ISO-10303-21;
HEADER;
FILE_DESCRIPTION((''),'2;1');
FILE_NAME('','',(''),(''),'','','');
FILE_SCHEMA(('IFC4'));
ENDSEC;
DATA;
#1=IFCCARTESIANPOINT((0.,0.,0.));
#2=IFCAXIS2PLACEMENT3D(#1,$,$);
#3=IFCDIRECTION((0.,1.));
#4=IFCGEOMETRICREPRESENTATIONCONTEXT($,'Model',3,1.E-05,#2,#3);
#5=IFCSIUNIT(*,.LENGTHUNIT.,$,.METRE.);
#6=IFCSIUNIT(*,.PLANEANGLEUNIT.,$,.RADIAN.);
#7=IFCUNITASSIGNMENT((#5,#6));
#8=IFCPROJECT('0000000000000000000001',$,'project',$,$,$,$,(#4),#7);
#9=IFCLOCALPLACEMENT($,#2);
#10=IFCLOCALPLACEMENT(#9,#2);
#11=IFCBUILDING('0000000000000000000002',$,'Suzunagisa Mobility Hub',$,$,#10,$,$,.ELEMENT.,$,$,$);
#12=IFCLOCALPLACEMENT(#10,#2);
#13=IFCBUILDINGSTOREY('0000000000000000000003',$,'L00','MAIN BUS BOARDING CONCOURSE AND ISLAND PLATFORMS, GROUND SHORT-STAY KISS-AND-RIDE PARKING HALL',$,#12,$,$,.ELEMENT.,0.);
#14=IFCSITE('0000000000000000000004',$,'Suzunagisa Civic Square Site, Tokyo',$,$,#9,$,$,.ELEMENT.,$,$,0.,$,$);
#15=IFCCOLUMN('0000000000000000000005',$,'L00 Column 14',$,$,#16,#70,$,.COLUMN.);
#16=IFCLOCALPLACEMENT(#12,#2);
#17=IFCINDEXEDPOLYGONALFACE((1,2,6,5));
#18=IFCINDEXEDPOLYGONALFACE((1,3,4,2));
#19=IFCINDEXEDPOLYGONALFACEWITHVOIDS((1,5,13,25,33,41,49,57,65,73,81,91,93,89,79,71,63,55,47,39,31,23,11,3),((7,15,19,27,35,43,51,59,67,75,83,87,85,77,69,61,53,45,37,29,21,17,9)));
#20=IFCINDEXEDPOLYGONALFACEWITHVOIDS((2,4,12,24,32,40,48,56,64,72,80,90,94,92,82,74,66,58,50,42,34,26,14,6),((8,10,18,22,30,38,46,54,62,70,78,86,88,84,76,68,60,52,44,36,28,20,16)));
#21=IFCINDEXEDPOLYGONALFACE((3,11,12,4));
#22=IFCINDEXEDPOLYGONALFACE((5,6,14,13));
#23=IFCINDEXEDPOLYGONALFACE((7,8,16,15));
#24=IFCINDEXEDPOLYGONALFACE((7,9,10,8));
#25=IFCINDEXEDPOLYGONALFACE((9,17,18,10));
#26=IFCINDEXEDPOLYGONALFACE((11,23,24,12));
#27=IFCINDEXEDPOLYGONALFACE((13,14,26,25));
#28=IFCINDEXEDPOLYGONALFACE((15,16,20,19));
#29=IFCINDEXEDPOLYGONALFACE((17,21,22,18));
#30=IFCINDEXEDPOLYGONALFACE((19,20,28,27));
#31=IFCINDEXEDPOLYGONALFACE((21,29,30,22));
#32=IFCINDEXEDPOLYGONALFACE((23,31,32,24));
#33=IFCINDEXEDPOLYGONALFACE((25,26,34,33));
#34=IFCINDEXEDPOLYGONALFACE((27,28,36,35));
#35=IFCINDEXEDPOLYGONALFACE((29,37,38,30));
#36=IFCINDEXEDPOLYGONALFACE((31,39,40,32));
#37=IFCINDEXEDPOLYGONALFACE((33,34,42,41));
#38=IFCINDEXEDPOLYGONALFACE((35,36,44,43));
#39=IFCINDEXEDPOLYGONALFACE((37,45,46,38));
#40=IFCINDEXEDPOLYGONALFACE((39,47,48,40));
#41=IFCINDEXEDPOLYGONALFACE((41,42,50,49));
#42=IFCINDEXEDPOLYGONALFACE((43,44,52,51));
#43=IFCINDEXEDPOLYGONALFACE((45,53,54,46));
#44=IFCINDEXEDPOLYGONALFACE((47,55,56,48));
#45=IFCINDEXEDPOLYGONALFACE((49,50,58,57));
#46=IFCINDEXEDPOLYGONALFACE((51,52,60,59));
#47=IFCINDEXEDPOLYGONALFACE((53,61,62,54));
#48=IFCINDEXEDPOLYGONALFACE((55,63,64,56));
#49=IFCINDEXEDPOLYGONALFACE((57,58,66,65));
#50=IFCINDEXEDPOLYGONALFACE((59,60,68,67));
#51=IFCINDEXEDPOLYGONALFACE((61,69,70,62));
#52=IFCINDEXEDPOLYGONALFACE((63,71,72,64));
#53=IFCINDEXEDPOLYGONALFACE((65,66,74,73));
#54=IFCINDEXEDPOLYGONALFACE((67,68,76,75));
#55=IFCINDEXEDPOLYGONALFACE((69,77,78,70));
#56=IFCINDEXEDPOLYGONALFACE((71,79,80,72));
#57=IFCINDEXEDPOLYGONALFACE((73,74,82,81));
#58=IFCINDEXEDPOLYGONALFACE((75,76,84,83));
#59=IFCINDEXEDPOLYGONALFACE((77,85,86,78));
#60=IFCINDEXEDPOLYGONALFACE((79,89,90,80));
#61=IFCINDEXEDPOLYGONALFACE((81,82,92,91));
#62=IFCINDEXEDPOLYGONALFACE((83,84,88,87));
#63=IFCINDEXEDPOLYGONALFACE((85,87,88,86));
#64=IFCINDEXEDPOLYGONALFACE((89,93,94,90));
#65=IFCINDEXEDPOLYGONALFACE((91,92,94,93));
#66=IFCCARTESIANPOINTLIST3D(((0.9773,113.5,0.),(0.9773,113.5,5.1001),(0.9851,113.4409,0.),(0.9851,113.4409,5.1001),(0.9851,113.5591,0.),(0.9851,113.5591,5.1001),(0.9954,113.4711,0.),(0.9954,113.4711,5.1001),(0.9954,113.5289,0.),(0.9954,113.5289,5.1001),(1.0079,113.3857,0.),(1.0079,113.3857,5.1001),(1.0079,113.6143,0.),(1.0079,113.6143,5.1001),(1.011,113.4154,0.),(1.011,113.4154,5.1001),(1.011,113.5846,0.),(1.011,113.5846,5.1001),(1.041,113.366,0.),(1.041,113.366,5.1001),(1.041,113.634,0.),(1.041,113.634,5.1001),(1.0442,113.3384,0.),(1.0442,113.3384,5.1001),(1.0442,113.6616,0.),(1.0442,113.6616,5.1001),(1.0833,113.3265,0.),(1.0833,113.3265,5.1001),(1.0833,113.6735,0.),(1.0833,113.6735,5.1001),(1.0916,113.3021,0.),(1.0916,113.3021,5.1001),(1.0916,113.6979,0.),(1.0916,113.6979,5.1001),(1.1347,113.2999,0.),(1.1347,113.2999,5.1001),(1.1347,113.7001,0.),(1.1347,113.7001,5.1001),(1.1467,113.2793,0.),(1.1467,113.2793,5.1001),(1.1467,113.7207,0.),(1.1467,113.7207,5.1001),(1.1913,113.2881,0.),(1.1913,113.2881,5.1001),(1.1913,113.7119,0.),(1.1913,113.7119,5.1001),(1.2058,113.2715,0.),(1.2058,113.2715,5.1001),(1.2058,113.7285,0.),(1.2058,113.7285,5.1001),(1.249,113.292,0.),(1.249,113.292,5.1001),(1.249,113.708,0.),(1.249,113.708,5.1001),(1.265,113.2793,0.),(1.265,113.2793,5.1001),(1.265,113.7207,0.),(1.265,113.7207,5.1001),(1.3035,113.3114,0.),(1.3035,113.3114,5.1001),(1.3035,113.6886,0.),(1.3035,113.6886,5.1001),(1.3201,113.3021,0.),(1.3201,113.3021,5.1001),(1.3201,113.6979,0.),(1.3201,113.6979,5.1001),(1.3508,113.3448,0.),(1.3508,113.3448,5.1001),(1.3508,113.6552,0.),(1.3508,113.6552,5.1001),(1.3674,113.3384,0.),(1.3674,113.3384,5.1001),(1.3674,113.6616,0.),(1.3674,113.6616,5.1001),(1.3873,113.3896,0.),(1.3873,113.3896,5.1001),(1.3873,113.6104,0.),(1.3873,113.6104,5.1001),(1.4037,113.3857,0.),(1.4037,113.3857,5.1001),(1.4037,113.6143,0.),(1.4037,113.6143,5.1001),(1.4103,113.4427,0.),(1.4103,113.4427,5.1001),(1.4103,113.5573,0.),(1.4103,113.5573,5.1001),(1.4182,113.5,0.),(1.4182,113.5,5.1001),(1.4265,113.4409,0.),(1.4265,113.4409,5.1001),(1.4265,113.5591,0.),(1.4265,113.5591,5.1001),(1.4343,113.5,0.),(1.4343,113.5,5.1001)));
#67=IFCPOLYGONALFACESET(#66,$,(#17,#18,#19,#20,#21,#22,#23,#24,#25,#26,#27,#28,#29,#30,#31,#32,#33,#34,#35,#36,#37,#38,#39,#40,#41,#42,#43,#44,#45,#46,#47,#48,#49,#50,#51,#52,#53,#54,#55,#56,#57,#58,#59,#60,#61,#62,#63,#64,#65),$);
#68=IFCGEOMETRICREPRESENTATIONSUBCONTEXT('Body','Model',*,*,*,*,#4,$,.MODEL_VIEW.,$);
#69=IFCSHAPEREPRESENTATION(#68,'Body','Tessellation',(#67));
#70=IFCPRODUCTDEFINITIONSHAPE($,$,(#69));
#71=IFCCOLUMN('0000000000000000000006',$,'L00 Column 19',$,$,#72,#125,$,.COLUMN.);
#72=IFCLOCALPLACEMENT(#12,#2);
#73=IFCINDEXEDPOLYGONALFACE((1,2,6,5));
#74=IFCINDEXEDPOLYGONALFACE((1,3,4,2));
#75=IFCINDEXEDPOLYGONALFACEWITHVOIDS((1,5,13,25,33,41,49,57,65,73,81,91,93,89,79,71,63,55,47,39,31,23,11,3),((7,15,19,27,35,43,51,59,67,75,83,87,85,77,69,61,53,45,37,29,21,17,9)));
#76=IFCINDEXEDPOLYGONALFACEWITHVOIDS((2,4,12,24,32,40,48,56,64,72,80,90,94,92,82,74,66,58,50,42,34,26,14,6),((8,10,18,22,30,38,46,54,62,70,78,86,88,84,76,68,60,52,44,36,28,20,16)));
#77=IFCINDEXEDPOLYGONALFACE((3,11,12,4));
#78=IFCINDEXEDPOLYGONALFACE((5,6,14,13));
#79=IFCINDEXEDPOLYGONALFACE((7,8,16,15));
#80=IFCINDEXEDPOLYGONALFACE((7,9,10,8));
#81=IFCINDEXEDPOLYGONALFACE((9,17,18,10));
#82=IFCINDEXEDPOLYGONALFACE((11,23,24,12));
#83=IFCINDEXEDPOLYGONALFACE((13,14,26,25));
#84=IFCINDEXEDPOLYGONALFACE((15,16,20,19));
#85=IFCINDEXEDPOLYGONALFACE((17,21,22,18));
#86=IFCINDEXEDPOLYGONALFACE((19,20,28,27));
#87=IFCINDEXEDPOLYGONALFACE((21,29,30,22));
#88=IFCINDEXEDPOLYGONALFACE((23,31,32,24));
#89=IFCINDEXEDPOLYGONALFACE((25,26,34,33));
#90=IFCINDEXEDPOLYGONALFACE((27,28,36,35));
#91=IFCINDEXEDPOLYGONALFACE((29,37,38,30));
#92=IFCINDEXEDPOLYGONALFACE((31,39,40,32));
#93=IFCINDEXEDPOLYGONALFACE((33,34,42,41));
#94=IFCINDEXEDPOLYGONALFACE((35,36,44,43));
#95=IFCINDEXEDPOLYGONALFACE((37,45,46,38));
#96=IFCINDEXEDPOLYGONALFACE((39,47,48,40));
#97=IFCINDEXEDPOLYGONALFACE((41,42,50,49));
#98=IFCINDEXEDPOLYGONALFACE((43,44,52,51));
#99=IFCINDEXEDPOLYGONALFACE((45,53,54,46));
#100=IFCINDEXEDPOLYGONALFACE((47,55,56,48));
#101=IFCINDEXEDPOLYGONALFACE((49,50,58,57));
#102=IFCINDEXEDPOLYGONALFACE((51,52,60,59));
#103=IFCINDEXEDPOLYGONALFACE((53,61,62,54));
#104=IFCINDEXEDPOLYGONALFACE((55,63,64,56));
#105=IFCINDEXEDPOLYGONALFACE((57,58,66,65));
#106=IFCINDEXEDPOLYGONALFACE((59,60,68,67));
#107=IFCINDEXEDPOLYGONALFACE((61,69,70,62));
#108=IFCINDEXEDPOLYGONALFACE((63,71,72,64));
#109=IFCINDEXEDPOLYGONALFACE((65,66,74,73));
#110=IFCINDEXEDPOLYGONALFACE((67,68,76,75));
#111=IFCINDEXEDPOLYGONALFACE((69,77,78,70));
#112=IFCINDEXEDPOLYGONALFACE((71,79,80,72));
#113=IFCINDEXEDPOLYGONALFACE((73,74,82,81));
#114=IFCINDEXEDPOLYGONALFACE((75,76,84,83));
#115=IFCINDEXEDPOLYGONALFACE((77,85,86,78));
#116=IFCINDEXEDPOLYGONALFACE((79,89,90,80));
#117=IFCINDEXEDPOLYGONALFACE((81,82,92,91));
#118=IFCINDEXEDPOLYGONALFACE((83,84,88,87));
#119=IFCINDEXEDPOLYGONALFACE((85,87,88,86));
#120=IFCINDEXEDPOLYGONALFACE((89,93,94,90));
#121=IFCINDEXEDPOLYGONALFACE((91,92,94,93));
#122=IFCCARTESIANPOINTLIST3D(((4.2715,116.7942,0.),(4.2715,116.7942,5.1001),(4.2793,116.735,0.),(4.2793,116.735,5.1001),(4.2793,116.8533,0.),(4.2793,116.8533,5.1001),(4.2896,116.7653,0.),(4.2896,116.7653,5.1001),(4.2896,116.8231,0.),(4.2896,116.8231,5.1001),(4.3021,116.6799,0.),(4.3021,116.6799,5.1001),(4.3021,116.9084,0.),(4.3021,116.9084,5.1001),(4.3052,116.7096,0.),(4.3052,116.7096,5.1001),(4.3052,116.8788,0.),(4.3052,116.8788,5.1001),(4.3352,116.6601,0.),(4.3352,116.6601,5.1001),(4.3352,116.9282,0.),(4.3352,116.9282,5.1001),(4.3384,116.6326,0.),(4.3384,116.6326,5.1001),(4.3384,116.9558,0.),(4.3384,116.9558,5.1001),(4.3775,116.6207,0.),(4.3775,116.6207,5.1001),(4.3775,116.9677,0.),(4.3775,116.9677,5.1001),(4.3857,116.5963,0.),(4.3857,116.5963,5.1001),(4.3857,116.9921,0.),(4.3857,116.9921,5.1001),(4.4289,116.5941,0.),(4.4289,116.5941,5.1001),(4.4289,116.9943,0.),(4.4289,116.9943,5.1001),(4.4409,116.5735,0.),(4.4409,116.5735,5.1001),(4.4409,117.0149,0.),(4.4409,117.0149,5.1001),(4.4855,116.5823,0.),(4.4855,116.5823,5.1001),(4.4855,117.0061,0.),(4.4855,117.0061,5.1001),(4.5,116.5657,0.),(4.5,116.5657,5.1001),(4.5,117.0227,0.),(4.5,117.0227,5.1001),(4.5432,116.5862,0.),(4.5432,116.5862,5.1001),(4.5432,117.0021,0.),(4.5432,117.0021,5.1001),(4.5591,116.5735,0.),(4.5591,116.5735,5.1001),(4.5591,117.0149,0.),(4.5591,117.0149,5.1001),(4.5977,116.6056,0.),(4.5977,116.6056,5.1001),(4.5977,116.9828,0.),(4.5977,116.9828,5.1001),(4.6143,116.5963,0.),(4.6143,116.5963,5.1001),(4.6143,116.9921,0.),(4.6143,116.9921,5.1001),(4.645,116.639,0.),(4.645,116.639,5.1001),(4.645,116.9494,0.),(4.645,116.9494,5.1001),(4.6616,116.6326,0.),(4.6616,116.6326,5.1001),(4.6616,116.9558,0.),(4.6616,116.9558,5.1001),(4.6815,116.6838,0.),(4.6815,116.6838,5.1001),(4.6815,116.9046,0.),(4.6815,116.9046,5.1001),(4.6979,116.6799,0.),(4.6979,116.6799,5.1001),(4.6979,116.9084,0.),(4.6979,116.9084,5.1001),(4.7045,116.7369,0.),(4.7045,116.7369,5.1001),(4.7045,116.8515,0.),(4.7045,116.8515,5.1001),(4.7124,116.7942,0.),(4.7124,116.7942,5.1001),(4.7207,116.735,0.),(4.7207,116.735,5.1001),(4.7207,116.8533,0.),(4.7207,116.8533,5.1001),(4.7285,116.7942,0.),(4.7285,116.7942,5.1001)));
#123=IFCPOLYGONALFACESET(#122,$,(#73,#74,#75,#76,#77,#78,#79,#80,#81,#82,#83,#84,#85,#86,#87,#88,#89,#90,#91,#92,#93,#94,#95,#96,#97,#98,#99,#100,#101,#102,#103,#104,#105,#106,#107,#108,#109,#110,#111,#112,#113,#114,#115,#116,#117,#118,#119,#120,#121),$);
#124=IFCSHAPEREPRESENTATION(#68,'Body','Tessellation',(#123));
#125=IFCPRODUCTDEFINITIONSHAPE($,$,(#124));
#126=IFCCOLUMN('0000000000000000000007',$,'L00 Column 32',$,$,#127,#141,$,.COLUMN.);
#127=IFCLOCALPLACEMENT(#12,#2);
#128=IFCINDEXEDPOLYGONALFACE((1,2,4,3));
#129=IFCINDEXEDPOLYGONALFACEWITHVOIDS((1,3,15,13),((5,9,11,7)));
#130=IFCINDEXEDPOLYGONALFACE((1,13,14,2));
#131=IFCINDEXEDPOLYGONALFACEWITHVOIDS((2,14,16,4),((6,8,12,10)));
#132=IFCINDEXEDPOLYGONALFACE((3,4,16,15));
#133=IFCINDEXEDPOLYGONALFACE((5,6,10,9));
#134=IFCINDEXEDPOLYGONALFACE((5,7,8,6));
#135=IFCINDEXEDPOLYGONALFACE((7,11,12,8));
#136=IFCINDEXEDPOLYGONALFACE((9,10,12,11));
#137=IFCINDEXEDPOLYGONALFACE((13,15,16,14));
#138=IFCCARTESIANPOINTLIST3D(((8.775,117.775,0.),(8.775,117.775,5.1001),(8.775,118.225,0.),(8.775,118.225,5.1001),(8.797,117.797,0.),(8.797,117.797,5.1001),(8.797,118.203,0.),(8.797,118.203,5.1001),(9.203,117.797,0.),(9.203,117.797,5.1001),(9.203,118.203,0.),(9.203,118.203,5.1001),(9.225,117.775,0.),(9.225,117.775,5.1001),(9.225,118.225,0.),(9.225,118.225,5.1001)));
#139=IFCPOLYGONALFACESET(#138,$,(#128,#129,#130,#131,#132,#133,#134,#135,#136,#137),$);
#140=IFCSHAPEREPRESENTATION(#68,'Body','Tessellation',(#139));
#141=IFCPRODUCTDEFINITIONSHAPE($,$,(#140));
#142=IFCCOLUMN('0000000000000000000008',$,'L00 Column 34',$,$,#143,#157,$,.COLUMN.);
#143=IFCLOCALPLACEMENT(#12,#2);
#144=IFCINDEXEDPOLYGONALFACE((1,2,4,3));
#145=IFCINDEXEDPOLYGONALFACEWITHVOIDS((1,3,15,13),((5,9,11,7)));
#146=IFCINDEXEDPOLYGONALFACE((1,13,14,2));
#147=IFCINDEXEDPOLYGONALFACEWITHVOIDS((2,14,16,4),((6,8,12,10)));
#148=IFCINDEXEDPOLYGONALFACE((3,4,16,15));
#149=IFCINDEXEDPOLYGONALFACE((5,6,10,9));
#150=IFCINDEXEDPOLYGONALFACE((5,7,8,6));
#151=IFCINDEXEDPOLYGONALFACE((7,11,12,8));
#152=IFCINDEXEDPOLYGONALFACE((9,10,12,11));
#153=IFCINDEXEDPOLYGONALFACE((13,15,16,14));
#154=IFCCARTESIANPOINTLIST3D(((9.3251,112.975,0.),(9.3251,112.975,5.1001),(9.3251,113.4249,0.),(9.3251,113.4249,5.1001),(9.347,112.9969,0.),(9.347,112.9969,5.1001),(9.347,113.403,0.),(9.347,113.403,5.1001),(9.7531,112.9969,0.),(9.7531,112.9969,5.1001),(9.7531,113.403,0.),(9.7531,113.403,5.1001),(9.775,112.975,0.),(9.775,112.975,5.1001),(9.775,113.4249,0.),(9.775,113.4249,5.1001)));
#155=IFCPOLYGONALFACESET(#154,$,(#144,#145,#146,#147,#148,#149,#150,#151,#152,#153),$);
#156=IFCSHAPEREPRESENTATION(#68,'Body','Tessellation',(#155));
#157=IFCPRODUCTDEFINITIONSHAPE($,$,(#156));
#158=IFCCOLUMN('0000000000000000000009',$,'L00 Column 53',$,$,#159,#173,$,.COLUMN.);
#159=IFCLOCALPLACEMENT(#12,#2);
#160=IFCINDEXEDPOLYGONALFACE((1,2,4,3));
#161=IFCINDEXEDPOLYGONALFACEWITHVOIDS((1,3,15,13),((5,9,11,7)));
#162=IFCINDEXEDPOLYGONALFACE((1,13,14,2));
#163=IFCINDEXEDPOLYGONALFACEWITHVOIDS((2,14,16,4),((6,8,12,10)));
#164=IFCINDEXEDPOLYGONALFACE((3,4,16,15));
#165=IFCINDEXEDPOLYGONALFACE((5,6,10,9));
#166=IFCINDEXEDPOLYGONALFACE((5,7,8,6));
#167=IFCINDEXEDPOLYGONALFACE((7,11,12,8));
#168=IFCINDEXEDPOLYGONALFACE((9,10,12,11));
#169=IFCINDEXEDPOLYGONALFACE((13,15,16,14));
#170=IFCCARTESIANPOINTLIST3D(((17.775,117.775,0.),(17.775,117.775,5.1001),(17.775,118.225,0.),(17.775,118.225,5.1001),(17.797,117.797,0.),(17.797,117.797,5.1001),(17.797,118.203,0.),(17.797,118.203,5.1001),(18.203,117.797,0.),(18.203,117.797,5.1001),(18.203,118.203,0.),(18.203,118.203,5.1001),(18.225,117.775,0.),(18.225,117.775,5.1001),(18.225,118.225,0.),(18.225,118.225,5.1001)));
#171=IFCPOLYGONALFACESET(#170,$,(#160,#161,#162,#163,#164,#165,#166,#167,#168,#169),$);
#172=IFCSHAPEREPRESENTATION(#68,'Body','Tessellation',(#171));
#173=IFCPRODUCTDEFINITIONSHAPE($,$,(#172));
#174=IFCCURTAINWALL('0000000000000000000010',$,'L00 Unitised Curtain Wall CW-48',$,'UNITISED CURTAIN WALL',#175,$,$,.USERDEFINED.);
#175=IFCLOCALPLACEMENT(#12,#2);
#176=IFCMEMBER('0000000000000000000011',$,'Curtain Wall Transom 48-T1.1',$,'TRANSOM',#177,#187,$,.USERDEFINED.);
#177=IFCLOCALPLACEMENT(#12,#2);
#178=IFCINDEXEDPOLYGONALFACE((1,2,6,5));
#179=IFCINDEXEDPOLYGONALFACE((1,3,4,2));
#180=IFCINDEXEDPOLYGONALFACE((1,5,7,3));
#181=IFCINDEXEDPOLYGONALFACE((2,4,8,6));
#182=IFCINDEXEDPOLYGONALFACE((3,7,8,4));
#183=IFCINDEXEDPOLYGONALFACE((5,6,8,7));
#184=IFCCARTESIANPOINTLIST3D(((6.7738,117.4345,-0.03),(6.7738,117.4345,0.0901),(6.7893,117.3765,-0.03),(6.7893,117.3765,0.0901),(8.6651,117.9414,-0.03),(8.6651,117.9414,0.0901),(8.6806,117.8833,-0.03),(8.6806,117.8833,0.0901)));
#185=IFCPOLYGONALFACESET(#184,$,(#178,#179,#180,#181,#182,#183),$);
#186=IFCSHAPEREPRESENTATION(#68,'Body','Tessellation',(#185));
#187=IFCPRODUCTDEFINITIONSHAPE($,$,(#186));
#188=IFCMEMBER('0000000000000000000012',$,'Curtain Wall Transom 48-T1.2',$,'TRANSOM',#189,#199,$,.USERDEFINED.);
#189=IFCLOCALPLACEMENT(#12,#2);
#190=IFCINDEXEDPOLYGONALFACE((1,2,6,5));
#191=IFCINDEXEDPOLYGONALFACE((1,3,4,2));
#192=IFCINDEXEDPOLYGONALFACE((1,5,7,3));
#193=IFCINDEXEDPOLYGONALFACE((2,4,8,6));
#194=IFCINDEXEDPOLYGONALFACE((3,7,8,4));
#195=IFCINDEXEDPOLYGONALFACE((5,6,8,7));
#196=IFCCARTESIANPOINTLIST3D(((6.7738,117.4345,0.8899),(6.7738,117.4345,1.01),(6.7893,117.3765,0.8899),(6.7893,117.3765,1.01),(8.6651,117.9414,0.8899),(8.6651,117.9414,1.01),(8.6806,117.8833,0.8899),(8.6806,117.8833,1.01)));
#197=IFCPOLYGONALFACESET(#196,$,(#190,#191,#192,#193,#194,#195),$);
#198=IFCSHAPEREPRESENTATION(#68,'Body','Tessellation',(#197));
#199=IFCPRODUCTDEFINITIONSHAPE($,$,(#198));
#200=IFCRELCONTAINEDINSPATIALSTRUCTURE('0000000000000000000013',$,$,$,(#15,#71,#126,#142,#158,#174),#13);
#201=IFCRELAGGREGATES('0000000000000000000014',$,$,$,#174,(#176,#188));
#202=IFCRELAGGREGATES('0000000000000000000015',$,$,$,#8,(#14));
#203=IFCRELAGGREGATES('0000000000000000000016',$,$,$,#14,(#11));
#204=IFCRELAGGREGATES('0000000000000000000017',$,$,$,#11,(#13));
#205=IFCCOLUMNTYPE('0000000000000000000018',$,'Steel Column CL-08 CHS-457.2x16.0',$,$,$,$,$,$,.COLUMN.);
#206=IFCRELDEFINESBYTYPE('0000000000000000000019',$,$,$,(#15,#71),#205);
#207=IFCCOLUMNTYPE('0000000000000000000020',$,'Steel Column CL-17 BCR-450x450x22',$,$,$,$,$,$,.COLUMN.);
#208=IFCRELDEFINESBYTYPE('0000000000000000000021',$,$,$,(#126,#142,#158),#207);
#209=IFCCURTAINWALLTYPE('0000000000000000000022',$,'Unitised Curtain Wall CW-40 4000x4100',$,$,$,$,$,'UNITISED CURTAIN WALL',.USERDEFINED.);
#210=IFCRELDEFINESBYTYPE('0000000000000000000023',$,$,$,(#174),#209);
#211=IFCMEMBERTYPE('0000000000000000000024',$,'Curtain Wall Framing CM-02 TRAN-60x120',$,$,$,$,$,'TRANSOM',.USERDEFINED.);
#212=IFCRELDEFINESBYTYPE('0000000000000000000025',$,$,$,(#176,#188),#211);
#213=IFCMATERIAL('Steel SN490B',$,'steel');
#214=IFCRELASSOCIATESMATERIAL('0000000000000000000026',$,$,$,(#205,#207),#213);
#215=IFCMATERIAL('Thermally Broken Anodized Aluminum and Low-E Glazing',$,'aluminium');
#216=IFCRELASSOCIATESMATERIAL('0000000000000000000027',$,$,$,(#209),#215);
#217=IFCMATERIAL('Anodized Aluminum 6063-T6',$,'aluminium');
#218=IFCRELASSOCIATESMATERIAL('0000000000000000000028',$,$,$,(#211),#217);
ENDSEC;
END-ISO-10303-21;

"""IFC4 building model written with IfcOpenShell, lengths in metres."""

from ifc_helpers import new_model, si_unit, direction, frame, origin, origin_2d, place, context, subcontext, project, spatial, rectangle, hollow_rectangle, hollow_circle, extrude, material, material_profile, profile_set, type_object, element, aggregate, save


model = new_model("IFC4")

# Units and contexts
model_context = context("Model", 3, precision=1e-05, world=origin(), true_north=direction((0.0, 1.0)))
body_context = subcontext(model_context, "Body", "Model", "MODEL_VIEW")
ifc_project = project(units=[si_unit("LENGTHUNIT", "METRE"), si_unit("PLANEANGLEUNIT", "RADIAN")], contexts=[model_context])

# Site, building, storey
site_placement = place(None, origin())
site = spatial("IfcSite", under=ifc_project, at=site_placement, Name="Suzunagisa Civic Square Site, Tokyo", CompositionType="ELEMENT", RefElevation=0.0)
building_placement = place(site_placement, origin())
building = spatial("IfcBuilding", under=site, at=building_placement, Name="Suzunagisa Mobility Hub", CompositionType="ELEMENT")
storey_placement = place(building_placement, origin())
storey = spatial("IfcBuildingStorey", under=building, at=storey_placement, Name="L00", Description="MAIN BUS BOARDING CONCOURSE AND ISLAND PLATFORMS, GROUND SHORT-STAY KISS-AND-RIDE PARKING HALL", CompositionType="ELEMENT", Elevation=0.0)

# Columns
ifc_material_1 = material(Name="Steel SN490B", Category="steel")
ifc_material_profile_1 = material_profile(ifc_material_1, hollow_circle(Radius=0.2285, WallThickness=0.0161, at=origin_2d()), Name="CHS-457.2x16.0")
ifc_profile_set_1 = profile_set([ifc_material_profile_1], Name="Steel SN490B")
column_type_1 = type_object("IfcColumnType", Name="Steel Column CL-08 CHS-457.2x16.0", PredefinedType="COLUMN", material=ifc_profile_set_1)
for number, where, z_axis, x_axis, name in (
    (1, (1.2058, 113.5, 0.0), (0.0, 0.0, 1.0), (1.0, 0.0, 0.0), "L00 Column 14"),
    (2, (4.5, 116.7942, 0.0), (0.0, 0.0, 1.0), (1.0, 0.0, 0.0), "L00 Column 19"),
):
    element("IfcColumn", number, at=place(storey_placement, frame(where, z_axis=z_axis, x_axis=x_axis)), inside=storey, type_object=column_type_1, Name=name, PredefinedType="COLUMN", context=body_context, shape_type="SweptSolid", body=[
        extrude(hollow_circle(Radius=0.2285, WallThickness=0.0161, at=origin_2d()), origin(), (0.0, 0.0, 1.0), 5.1001),
    ])
ifc_material_profile_2 = material_profile(ifc_material_1, hollow_rectangle(XDim=0.45, YDim=0.45, WallThickness=0.022, at=origin_2d()), Name="BCR-450x450x22")
ifc_profile_set_2 = profile_set([ifc_material_profile_2], Name="Steel SN490B")
column_type_2 = type_object("IfcColumnType", Name="Steel Column CL-17 BCR-450x450x22", PredefinedType="COLUMN", material=ifc_profile_set_2)
for number, where, z_axis, x_axis, name in (
    (3, (9.0, 118.0, 0.0), (0.0, 0.0, 1.0), (1.0, 0.0, 0.0), "L00 Column 32"),
    (4, (9.55, 113.2, 0.0), (0.0, 0.0, 1.0), (1.0, 0.0, 0.0), "L00 Column 34"),
    (5, (18.0, 118.0, 0.0), (0.0, 0.0, 1.0), (1.0, 0.0, 0.0), "L00 Column 53"),
):
    element("IfcColumn", number, at=place(storey_placement, frame(where, z_axis=z_axis, x_axis=x_axis)), inside=storey, type_object=column_type_2, Name=name, PredefinedType="COLUMN", context=body_context, shape_type="SweptSolid", body=[
        extrude(hollow_rectangle(XDim=0.45, YDim=0.45, WallThickness=0.022, at=origin_2d()), origin(), (0.0, 0.0, 1.0), 5.1001),
    ])

# Curtain wall, members
ifc_material_2 = material(Name="Thermally Broken Anodized Aluminum and Low-E Glazing", Category="aluminium")
curtain_wall_type_1 = type_object("IfcCurtainWallType", Name="Unitised Curtain Wall CW-40 4000x4100", ElementType="UNITISED CURTAIN WALL", PredefinedType="USERDEFINED", material=ifc_material_2)
curtain_wall_1_placement = place(storey_placement, origin())
curtain_wall_1 = element("IfcCurtainWall", 6, at=curtain_wall_1_placement, inside=storey, type_object=curtain_wall_type_1, Name="L00 Unitised Curtain Wall CW-48", ObjectType="UNITISED CURTAIN WALL", PredefinedType="USERDEFINED")
ifc_material_3 = material(Name="Anodized Aluminum 6063-T6", Category="aluminium")
ifc_material_profile_3 = material_profile(ifc_material_3, rectangle(XDim=0.0601, YDim=0.1201, at=origin_2d()), Name="TRAN-60x120")
ifc_profile_set_3 = profile_set([ifc_material_profile_3], Name="Anodized Aluminum 6063-T6")
member_type_1 = type_object("IfcMemberType", Name="Curtain Wall Framing CM-02 TRAN-60x120", ElementType="TRANSOM", PredefinedType="USERDEFINED", material=ifc_profile_set_3)
member_1_placement = place(storey_placement, frame((8.6729, 117.9124, 0.03), z_axis=(-0.96592, -0.258842, 0.0), x_axis=(0.258842, -0.96592, 0.0)))
member_1 = element("IfcMember", 7, at=member_1_placement, type_object=member_type_1, Name="Curtain Wall Transom 48-T1.1", ObjectType="TRANSOM", PredefinedType="USERDEFINED", context=body_context, shape_type="SweptSolid", body=[
    extrude(rectangle(XDim=0.0601, YDim=0.1201, at=origin_2d()), origin(), (0.0, 0.0, 1.0), 1.958),
])
member_2_placement = place(storey_placement, frame((8.6729, 117.9124, 0.95), z_axis=(-0.96592, -0.258842, 0.0), x_axis=(0.258842, -0.96592, 0.0)))
member_2 = element("IfcMember", 8, at=member_2_placement, type_object=member_type_1, Name="Curtain Wall Transom 48-T1.2", ObjectType="TRANSOM", PredefinedType="USERDEFINED", context=body_context, shape_type="SweptSolid", body=[
    extrude(rectangle(XDim=0.0601, YDim=0.1201, at=origin_2d()), origin(), (0.0, 0.0, 1.0), 1.958),
])

aggregate(curtain_wall_1, [member_1, member_2])

save(model, "model.ifc")
